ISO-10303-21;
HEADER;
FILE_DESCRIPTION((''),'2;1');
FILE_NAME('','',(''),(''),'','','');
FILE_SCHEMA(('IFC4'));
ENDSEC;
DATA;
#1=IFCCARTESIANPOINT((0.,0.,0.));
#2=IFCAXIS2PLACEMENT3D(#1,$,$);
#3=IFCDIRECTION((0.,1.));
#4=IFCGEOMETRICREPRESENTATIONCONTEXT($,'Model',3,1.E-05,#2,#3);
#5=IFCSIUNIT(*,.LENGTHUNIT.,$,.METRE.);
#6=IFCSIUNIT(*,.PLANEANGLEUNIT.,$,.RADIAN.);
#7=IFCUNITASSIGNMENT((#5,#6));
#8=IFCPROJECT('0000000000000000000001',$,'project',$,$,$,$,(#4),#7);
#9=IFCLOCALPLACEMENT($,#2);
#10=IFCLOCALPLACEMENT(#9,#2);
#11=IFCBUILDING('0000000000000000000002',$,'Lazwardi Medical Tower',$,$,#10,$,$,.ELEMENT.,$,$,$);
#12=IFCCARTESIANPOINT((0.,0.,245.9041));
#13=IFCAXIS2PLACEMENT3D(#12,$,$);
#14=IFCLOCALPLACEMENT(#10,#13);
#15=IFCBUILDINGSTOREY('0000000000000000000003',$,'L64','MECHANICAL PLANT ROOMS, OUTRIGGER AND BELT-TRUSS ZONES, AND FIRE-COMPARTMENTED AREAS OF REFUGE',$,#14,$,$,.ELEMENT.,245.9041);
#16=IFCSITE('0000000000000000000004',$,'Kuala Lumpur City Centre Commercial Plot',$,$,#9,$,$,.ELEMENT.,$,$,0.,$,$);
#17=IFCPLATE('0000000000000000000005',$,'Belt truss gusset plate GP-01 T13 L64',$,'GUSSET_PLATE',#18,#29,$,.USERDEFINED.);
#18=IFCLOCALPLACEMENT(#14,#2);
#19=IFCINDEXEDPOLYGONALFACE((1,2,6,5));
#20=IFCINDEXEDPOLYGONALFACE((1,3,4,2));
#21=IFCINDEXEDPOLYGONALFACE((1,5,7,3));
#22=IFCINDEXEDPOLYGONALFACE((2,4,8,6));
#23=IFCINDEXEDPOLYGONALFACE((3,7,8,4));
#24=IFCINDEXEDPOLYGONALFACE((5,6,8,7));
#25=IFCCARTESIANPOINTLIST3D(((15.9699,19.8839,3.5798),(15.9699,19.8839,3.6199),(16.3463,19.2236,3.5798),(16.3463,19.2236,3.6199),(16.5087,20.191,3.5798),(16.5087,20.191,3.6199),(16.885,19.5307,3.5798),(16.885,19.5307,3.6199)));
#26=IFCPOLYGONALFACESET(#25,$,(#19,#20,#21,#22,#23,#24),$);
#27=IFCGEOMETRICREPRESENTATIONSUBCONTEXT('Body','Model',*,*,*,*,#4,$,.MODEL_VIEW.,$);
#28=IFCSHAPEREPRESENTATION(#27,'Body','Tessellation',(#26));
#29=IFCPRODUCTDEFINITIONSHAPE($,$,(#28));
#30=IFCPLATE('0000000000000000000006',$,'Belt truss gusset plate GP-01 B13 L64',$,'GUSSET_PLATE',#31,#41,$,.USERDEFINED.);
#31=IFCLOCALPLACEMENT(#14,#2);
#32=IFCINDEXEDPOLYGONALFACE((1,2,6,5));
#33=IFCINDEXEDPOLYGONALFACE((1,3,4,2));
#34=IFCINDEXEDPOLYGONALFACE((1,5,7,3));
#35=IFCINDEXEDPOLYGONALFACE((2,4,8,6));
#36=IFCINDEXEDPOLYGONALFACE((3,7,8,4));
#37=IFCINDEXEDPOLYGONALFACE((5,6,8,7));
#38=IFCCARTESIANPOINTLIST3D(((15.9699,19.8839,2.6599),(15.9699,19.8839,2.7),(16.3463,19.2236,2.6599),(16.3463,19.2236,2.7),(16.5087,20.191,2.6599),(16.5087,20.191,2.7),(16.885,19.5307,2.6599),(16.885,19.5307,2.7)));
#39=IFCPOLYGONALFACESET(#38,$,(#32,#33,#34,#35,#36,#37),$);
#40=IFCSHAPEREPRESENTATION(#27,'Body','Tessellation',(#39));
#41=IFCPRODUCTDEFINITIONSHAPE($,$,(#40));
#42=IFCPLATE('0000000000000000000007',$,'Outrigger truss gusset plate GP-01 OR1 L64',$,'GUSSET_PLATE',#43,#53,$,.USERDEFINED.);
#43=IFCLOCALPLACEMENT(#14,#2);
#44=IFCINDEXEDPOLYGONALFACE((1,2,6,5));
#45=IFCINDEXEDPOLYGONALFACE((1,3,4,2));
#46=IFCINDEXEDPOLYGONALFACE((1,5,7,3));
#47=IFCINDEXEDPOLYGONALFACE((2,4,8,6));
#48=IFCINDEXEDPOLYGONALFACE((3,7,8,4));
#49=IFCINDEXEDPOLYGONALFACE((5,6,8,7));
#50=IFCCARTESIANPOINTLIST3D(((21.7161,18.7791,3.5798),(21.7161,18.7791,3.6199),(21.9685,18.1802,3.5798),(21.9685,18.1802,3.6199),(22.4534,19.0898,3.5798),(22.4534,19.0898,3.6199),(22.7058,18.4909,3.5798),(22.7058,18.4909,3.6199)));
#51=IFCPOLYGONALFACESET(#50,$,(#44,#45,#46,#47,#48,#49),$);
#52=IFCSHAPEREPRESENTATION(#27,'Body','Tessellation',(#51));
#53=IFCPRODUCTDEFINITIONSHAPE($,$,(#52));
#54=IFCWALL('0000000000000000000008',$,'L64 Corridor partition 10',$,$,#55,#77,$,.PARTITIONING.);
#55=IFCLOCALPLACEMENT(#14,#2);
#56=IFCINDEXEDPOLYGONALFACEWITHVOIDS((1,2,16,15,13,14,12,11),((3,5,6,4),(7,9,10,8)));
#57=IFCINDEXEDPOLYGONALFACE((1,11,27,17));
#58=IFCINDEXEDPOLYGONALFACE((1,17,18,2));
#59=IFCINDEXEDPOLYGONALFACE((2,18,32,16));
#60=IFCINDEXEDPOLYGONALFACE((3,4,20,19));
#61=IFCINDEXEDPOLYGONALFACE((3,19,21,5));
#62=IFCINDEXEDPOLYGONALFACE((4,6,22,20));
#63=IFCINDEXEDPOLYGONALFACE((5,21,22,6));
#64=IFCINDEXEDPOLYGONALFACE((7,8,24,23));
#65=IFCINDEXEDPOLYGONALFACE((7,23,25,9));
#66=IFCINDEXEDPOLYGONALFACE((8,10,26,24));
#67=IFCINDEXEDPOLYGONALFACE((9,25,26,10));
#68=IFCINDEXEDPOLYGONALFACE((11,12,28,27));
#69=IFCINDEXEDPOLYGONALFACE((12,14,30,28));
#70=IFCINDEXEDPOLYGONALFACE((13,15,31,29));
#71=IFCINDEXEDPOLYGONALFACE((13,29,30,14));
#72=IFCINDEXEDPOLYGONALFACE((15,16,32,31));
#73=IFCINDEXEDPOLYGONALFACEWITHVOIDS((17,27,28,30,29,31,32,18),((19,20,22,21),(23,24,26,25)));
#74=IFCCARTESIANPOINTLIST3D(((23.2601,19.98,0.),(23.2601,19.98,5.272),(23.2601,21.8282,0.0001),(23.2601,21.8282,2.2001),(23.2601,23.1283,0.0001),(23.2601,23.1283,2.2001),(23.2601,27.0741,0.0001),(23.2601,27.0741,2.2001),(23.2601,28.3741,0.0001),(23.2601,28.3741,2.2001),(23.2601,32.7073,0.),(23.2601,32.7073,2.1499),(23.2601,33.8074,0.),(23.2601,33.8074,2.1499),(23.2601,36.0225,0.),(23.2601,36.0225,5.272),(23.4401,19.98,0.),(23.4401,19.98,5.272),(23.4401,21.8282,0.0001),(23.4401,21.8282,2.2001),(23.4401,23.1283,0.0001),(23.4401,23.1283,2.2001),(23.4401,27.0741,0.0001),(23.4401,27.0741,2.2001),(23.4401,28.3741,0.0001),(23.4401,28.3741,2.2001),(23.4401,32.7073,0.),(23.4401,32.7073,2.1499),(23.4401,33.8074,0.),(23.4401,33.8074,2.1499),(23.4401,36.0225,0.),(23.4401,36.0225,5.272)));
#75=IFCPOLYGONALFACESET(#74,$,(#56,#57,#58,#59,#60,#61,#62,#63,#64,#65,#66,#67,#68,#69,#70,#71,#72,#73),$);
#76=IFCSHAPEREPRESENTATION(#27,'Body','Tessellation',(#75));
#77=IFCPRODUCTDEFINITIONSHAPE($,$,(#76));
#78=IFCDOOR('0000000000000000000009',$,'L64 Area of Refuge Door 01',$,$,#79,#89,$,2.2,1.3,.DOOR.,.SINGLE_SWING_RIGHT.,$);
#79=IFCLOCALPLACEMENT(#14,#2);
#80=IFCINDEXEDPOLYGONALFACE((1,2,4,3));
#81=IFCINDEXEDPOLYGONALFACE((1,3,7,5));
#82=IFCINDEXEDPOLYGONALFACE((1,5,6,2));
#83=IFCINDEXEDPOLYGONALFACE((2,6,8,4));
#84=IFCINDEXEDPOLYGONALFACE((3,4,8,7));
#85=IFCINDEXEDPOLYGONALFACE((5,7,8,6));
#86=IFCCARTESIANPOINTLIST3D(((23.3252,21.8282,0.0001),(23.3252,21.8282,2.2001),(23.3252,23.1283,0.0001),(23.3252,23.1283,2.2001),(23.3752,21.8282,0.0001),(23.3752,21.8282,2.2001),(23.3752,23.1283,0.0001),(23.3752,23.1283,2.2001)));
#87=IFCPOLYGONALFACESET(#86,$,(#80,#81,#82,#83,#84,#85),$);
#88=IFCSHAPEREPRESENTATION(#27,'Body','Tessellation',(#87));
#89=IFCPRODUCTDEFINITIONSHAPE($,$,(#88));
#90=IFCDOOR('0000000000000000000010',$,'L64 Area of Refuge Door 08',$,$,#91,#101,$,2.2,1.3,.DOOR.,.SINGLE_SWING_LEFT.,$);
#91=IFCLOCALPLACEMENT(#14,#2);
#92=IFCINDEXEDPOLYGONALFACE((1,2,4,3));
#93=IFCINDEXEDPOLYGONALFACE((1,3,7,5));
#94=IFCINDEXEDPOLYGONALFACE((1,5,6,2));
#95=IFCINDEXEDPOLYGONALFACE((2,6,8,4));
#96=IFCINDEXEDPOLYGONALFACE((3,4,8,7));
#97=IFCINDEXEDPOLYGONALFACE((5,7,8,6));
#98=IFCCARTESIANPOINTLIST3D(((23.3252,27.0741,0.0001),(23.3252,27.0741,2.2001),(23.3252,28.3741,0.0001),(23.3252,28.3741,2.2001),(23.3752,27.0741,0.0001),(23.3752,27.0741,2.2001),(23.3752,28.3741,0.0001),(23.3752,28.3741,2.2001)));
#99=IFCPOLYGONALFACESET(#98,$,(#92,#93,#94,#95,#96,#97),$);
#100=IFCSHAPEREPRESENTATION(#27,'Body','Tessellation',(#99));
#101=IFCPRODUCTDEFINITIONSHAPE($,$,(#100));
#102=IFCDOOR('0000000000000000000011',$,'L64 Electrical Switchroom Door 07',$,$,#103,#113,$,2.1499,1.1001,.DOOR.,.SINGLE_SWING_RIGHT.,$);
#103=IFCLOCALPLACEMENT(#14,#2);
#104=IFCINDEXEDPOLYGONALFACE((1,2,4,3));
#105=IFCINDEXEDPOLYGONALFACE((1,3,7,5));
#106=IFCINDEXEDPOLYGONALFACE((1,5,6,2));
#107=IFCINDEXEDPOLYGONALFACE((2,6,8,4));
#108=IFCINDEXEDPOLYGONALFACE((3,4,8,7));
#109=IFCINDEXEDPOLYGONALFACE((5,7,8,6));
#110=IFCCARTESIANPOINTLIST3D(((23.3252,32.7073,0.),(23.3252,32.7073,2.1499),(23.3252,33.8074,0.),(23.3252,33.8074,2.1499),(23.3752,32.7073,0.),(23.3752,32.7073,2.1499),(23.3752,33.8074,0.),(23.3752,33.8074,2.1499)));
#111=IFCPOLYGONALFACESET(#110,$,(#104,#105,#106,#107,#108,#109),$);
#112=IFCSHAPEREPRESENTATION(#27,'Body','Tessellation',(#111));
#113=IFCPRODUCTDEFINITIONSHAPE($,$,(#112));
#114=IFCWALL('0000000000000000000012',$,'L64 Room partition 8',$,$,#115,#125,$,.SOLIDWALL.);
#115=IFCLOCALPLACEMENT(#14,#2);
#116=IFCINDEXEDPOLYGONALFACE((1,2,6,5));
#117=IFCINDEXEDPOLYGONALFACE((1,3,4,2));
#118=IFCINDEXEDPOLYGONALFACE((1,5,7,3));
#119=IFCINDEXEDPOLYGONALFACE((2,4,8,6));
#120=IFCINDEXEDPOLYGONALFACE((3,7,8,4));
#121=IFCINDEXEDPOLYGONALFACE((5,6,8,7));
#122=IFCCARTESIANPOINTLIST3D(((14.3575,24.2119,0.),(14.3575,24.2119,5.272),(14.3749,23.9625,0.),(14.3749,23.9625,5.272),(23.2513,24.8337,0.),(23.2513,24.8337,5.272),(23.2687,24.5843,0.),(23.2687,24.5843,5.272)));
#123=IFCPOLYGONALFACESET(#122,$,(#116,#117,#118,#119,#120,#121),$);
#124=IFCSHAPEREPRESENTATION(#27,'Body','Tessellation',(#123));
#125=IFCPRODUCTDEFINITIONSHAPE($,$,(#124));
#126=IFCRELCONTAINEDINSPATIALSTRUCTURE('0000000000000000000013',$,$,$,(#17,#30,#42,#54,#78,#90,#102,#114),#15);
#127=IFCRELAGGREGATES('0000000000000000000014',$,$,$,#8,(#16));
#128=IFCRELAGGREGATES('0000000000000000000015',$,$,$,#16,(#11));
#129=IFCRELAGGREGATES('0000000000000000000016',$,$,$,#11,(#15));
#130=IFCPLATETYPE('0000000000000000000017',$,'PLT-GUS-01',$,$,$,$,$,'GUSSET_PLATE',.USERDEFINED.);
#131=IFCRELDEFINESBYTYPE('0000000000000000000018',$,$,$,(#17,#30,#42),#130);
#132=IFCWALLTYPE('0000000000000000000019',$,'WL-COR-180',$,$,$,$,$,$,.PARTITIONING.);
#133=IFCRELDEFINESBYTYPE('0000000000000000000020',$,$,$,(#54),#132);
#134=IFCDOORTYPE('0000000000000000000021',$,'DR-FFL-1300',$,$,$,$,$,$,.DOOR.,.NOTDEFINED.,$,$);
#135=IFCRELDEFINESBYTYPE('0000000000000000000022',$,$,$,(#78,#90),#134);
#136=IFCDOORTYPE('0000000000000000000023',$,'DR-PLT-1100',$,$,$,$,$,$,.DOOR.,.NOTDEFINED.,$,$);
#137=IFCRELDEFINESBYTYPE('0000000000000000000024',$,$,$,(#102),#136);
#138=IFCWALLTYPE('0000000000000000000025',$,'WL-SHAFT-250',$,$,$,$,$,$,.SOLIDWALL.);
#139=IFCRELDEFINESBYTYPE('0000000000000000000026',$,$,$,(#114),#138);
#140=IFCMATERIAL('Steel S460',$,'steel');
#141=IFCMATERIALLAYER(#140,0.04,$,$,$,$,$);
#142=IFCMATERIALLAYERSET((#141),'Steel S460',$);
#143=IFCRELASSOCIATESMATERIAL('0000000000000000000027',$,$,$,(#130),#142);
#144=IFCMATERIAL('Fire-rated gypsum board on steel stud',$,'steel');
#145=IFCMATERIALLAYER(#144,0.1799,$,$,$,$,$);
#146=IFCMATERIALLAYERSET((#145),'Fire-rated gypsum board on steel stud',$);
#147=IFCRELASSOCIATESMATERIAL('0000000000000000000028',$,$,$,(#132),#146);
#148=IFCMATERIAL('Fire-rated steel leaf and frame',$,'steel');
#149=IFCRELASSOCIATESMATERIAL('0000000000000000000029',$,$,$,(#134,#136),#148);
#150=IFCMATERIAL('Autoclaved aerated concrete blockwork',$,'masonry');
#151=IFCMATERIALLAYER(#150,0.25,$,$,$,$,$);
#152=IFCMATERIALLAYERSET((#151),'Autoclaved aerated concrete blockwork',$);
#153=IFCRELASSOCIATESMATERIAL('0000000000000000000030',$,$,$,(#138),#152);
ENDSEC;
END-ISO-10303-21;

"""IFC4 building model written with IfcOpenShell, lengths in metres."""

from ifc_helpers import new_model, si_unit, direction, frame, frame_2d, origin, origin_2d, place, context, subcontext, project, spatial, rectangle, extrude, material, layer, layer_set, type_object, element, fill, save


model = new_model("IFC4")

# Units and contexts
model_context = context("Model", 3, precision=1e-05, world=origin(), true_north=direction((0.0, 1.0)))
body_context = subcontext(model_context, "Body", "Model", "MODEL_VIEW")
ifc_project = project(units=[si_unit("LENGTHUNIT", "METRE"), si_unit("PLANEANGLEUNIT", "RADIAN")], contexts=[model_context])

# Site, building, storey
site_placement = place(None, origin())
site = spatial("IfcSite", under=ifc_project, at=site_placement, Name="Kuala Lumpur City Centre Commercial Plot", CompositionType="ELEMENT", RefElevation=0.0)
building_placement = place(site_placement, origin())
building = spatial("IfcBuilding", under=site, at=building_placement, Name="Lazwardi Medical Tower", CompositionType="ELEMENT")
storey_placement = place(building_placement, frame((0.0, 0.0, 245.9041)))
storey = spatial("IfcBuildingStorey", under=building, at=storey_placement, Name="L64", Description="MECHANICAL PLANT ROOMS, OUTRIGGER AND BELT-TRUSS ZONES, AND FIRE-COMPARTMENTED AREAS OF REFUGE", CompositionType="ELEMENT", Elevation=245.9041)

# Shared definitions
ifc_material_1 = material(Name="Steel S460", Category="steel")

# Plates
ifc_layer_1 = layer(ifc_material_1, 0.04)
ifc_layer_set_1 = layer_set([ifc_layer_1], Name="Steel S460")
plate_type = type_object("IfcPlateType", Name="PLT-GUS-01", ElementType="GUSSET_PLATE", PredefinedType="USERDEFINED", material=ifc_layer_set_1)
for number, where, z_axis, x_axis, name in (
    (1, (16.4275, 19.7073, 3.5798), (0.0, 0.0, 1.0), (0.495155, -0.868804, 0.0), "Belt truss gusset plate GP-01 T13 L64"),
    (2, (16.4275, 19.7073, 2.6599), (0.0, 0.0, 1.0), (0.495155, -0.868804, 0.0), "Belt truss gusset plate GP-01 B13 L64"),
):
    element("IfcPlate", number, at=place(storey_placement, frame(where, z_axis=z_axis, x_axis=x_axis)), inside=storey, type_object=plate_type, Name=name, ObjectType="GUSSET_PLATE", PredefinedType="USERDEFINED", context=body_context, shape_type="SweptSolid", body=[
        extrude(rectangle(XDim=0.76, YDim=0.6201, at=origin_2d()), origin(), (0.0, 0.0, 1.0), 0.04),
    ])
plate_placement = place(storey_placement, frame((22.2109, 18.635, 3.5798), z_axis=(0.0, 0.0, 1.0), x_axis=(-0.921525, -0.38832, 0.0)))
element("IfcPlate", 3, at=plate_placement, inside=storey, type_object=plate_type, Name="Outrigger truss gusset plate GP-01 OR1 L64", ObjectType="GUSSET_PLATE", PredefinedType="USERDEFINED", context=body_context, shape_type="SweptSolid", body=[
    extrude(rectangle(XDim=0.8, YDim=0.6499, at=origin_2d()), origin(), (0.0, 0.0, 1.0), 0.04),
])

# Wall, openings, doors
ifc_material_2 = material(Name="Fire-rated gypsum board on steel stud", Category="steel")
ifc_layer_2 = layer(ifc_material_2, 0.1799)
ifc_layer_set_2 = layer_set([ifc_layer_2], Name="Fire-rated gypsum board on steel stud")
wall_type_1 = type_object("IfcWallType", Name="WL-COR-180", PredefinedType="PARTITIONING", material=ifc_layer_set_2)
wall_1_placement = place(storey_placement, frame((23.3501, 19.98, 0.0), z_axis=(0.0, 0.0, 1.0), x_axis=(0.0, 1.0, 0.0)))
wall_1 = element("IfcWall", 4, at=wall_1_placement, inside=storey, type_object=wall_type_1, Name="L64 Corridor partition 10", PredefinedType="PARTITIONING", context=body_context, shape_type="SweptSolid", body=[
    extrude(rectangle(XDim=16.0425, YDim=0.1799, at=frame_2d((8.0212, 0.0))), origin(), (0.0, 0.0, 1.0), 5.272),
])
opening_1_placement = place(wall_1_placement, frame((1.8484, 0.0, 0.0)))
opening_1 = element("IfcOpeningElement", 5, at=opening_1_placement, cuts=wall_1, PredefinedType="OPENING", context=body_context, shape_type="SweptSolid", body=[
    extrude(rectangle(XDim=1.3, YDim=2.2, at=frame_2d((0.6499, 1.1001))), frame((0.0, 0.0999, 0.0), z_axis=(0.0, -1.0, 0.0), x_axis=(1.0, 0.0, 0.0)), (0.0, 0.0, 1.0), 0.2),
])
opening_2_placement = place(wall_1_placement, frame((12.7273, 0.0, 0.0)))
opening_2 = element("IfcOpeningElement", 6, at=opening_2_placement, cuts=wall_1, PredefinedType="OPENING", context=body_context, shape_type="SweptSolid", body=[
    extrude(rectangle(XDim=1.1001, YDim=2.1499, at=frame_2d((0.55, 1.075))), frame((0.0, 0.0999, 0.0), z_axis=(0.0, -1.0, 0.0), x_axis=(1.0, 0.0, 0.0)), (0.0, 0.0, 1.0), 0.2),
])
opening_3_placement = place(wall_1_placement, frame((7.0942, 0.0, 0.0)))
opening_3 = element("IfcOpeningElement", 7, at=opening_3_placement, cuts=wall_1, PredefinedType="OPENING", context=body_context, shape_type="SweptSolid", body=[
    extrude(rectangle(XDim=1.3, YDim=2.2, at=frame_2d((0.6499, 1.1001))), frame((0.0, 0.0999, 0.0), z_axis=(0.0, -1.0, 0.0), x_axis=(1.0, 0.0, 0.0)), (0.0, 0.0, 1.0), 0.2),
])
ifc_material_3 = material(Name="Fire-rated steel leaf and frame", Category="steel")
door_type_1 = type_object("IfcDoorType", Name="DR-FFL-1300", OperationType="NOTDEFINED", PredefinedType="DOOR", material=ifc_material_3)
door_1_placement = place(opening_1_placement, origin())
door_1 = element("IfcDoor", 8, at=door_1_placement, inside=storey, type_object=door_type_1, Name="L64 Area of Refuge Door 01", OperationType="SINGLE_SWING_RIGHT", OverallHeight=2.2, OverallWidth=1.3, PredefinedType="DOOR", context=body_context, shape_type="SweptSolid", body=[
    extrude(rectangle(XDim=1.3, YDim=2.2, at=frame_2d((0.6499, 1.1001))), frame((0.0, 0.0249, 0.0), z_axis=(0.0, -1.0, 0.0), x_axis=(1.0, 0.0, 0.0)), (0.0, 0.0, 1.0), 0.05),
])
fill(opening_1, door_1)
door_2_placement = place(opening_3_placement, origin())
door_2 = element("IfcDoor", 9, at=door_2_placement, inside=storey, type_object=door_type_1, Name="L64 Area of Refuge Door 08", OperationType="SINGLE_SWING_LEFT", OverallHeight=2.2, OverallWidth=1.3, PredefinedType="DOOR", context=body_context, shape_type="SweptSolid", body=[
    extrude(rectangle(XDim=1.3, YDim=2.2, at=frame_2d((0.6499, 1.1001))), frame((0.0, 0.0249, 0.0), z_axis=(0.0, -1.0, 0.0), x_axis=(1.0, 0.0, 0.0)), (0.0, 0.0, 1.0), 0.05),
])
fill(opening_3, door_2)
door_type_2 = type_object("IfcDoorType", Name="DR-PLT-1100", OperationType="NOTDEFINED", PredefinedType="DOOR", material=ifc_material_3)
door_3_placement = place(opening_2_placement, origin())
door_3 = element("IfcDoor", 10, at=door_3_placement, inside=storey, type_object=door_type_2, Name="L64 Electrical Switchroom Door 07", OperationType="SINGLE_SWING_RIGHT", OverallHeight=2.1499, OverallWidth=1.1001, PredefinedType="DOOR", context=body_context, shape_type="SweptSolid", body=[
    extrude(rectangle(XDim=1.1001, YDim=2.1499, at=frame_2d((0.55, 1.075))), frame((0.0, 0.0249, 0.0), z_axis=(0.0, -1.0, 0.0), x_axis=(1.0, 0.0, 0.0)), (0.0, 0.0, 1.0), 0.05),
])
fill(opening_2, door_3)

# Wall
ifc_material_4 = material(Name="Autoclaved aerated concrete blockwork", Category="masonry")
ifc_layer_3 = layer(ifc_material_4, 0.25)
ifc_layer_set_3 = layer_set([ifc_layer_3], Name="Autoclaved aerated concrete blockwork")
wall_type_2 = type_object("IfcWallType", Name="WL-SHAFT-250", PredefinedType="SOLIDWALL", material=ifc_layer_set_3)
wall_2_placement = place(storey_placement, frame((23.26, 24.709, 0.0), z_axis=(0.0, 0.0, 1.0), x_axis=(-0.997565, -0.069747, 0.0)))
element("IfcWall", 11, at=wall_2_placement, inside=storey, type_object=wall_type_2, Name="L64 Room partition 8", PredefinedType="SOLIDWALL", context=body_context, shape_type="SweptSolid", body=[
    extrude(rectangle(XDim=8.9155, YDim=0.25, at=frame_2d((4.4578, 0.0))), origin(), (0.0, 0.0, 1.0), 5.272),
])

save(model, "model.ifc")
